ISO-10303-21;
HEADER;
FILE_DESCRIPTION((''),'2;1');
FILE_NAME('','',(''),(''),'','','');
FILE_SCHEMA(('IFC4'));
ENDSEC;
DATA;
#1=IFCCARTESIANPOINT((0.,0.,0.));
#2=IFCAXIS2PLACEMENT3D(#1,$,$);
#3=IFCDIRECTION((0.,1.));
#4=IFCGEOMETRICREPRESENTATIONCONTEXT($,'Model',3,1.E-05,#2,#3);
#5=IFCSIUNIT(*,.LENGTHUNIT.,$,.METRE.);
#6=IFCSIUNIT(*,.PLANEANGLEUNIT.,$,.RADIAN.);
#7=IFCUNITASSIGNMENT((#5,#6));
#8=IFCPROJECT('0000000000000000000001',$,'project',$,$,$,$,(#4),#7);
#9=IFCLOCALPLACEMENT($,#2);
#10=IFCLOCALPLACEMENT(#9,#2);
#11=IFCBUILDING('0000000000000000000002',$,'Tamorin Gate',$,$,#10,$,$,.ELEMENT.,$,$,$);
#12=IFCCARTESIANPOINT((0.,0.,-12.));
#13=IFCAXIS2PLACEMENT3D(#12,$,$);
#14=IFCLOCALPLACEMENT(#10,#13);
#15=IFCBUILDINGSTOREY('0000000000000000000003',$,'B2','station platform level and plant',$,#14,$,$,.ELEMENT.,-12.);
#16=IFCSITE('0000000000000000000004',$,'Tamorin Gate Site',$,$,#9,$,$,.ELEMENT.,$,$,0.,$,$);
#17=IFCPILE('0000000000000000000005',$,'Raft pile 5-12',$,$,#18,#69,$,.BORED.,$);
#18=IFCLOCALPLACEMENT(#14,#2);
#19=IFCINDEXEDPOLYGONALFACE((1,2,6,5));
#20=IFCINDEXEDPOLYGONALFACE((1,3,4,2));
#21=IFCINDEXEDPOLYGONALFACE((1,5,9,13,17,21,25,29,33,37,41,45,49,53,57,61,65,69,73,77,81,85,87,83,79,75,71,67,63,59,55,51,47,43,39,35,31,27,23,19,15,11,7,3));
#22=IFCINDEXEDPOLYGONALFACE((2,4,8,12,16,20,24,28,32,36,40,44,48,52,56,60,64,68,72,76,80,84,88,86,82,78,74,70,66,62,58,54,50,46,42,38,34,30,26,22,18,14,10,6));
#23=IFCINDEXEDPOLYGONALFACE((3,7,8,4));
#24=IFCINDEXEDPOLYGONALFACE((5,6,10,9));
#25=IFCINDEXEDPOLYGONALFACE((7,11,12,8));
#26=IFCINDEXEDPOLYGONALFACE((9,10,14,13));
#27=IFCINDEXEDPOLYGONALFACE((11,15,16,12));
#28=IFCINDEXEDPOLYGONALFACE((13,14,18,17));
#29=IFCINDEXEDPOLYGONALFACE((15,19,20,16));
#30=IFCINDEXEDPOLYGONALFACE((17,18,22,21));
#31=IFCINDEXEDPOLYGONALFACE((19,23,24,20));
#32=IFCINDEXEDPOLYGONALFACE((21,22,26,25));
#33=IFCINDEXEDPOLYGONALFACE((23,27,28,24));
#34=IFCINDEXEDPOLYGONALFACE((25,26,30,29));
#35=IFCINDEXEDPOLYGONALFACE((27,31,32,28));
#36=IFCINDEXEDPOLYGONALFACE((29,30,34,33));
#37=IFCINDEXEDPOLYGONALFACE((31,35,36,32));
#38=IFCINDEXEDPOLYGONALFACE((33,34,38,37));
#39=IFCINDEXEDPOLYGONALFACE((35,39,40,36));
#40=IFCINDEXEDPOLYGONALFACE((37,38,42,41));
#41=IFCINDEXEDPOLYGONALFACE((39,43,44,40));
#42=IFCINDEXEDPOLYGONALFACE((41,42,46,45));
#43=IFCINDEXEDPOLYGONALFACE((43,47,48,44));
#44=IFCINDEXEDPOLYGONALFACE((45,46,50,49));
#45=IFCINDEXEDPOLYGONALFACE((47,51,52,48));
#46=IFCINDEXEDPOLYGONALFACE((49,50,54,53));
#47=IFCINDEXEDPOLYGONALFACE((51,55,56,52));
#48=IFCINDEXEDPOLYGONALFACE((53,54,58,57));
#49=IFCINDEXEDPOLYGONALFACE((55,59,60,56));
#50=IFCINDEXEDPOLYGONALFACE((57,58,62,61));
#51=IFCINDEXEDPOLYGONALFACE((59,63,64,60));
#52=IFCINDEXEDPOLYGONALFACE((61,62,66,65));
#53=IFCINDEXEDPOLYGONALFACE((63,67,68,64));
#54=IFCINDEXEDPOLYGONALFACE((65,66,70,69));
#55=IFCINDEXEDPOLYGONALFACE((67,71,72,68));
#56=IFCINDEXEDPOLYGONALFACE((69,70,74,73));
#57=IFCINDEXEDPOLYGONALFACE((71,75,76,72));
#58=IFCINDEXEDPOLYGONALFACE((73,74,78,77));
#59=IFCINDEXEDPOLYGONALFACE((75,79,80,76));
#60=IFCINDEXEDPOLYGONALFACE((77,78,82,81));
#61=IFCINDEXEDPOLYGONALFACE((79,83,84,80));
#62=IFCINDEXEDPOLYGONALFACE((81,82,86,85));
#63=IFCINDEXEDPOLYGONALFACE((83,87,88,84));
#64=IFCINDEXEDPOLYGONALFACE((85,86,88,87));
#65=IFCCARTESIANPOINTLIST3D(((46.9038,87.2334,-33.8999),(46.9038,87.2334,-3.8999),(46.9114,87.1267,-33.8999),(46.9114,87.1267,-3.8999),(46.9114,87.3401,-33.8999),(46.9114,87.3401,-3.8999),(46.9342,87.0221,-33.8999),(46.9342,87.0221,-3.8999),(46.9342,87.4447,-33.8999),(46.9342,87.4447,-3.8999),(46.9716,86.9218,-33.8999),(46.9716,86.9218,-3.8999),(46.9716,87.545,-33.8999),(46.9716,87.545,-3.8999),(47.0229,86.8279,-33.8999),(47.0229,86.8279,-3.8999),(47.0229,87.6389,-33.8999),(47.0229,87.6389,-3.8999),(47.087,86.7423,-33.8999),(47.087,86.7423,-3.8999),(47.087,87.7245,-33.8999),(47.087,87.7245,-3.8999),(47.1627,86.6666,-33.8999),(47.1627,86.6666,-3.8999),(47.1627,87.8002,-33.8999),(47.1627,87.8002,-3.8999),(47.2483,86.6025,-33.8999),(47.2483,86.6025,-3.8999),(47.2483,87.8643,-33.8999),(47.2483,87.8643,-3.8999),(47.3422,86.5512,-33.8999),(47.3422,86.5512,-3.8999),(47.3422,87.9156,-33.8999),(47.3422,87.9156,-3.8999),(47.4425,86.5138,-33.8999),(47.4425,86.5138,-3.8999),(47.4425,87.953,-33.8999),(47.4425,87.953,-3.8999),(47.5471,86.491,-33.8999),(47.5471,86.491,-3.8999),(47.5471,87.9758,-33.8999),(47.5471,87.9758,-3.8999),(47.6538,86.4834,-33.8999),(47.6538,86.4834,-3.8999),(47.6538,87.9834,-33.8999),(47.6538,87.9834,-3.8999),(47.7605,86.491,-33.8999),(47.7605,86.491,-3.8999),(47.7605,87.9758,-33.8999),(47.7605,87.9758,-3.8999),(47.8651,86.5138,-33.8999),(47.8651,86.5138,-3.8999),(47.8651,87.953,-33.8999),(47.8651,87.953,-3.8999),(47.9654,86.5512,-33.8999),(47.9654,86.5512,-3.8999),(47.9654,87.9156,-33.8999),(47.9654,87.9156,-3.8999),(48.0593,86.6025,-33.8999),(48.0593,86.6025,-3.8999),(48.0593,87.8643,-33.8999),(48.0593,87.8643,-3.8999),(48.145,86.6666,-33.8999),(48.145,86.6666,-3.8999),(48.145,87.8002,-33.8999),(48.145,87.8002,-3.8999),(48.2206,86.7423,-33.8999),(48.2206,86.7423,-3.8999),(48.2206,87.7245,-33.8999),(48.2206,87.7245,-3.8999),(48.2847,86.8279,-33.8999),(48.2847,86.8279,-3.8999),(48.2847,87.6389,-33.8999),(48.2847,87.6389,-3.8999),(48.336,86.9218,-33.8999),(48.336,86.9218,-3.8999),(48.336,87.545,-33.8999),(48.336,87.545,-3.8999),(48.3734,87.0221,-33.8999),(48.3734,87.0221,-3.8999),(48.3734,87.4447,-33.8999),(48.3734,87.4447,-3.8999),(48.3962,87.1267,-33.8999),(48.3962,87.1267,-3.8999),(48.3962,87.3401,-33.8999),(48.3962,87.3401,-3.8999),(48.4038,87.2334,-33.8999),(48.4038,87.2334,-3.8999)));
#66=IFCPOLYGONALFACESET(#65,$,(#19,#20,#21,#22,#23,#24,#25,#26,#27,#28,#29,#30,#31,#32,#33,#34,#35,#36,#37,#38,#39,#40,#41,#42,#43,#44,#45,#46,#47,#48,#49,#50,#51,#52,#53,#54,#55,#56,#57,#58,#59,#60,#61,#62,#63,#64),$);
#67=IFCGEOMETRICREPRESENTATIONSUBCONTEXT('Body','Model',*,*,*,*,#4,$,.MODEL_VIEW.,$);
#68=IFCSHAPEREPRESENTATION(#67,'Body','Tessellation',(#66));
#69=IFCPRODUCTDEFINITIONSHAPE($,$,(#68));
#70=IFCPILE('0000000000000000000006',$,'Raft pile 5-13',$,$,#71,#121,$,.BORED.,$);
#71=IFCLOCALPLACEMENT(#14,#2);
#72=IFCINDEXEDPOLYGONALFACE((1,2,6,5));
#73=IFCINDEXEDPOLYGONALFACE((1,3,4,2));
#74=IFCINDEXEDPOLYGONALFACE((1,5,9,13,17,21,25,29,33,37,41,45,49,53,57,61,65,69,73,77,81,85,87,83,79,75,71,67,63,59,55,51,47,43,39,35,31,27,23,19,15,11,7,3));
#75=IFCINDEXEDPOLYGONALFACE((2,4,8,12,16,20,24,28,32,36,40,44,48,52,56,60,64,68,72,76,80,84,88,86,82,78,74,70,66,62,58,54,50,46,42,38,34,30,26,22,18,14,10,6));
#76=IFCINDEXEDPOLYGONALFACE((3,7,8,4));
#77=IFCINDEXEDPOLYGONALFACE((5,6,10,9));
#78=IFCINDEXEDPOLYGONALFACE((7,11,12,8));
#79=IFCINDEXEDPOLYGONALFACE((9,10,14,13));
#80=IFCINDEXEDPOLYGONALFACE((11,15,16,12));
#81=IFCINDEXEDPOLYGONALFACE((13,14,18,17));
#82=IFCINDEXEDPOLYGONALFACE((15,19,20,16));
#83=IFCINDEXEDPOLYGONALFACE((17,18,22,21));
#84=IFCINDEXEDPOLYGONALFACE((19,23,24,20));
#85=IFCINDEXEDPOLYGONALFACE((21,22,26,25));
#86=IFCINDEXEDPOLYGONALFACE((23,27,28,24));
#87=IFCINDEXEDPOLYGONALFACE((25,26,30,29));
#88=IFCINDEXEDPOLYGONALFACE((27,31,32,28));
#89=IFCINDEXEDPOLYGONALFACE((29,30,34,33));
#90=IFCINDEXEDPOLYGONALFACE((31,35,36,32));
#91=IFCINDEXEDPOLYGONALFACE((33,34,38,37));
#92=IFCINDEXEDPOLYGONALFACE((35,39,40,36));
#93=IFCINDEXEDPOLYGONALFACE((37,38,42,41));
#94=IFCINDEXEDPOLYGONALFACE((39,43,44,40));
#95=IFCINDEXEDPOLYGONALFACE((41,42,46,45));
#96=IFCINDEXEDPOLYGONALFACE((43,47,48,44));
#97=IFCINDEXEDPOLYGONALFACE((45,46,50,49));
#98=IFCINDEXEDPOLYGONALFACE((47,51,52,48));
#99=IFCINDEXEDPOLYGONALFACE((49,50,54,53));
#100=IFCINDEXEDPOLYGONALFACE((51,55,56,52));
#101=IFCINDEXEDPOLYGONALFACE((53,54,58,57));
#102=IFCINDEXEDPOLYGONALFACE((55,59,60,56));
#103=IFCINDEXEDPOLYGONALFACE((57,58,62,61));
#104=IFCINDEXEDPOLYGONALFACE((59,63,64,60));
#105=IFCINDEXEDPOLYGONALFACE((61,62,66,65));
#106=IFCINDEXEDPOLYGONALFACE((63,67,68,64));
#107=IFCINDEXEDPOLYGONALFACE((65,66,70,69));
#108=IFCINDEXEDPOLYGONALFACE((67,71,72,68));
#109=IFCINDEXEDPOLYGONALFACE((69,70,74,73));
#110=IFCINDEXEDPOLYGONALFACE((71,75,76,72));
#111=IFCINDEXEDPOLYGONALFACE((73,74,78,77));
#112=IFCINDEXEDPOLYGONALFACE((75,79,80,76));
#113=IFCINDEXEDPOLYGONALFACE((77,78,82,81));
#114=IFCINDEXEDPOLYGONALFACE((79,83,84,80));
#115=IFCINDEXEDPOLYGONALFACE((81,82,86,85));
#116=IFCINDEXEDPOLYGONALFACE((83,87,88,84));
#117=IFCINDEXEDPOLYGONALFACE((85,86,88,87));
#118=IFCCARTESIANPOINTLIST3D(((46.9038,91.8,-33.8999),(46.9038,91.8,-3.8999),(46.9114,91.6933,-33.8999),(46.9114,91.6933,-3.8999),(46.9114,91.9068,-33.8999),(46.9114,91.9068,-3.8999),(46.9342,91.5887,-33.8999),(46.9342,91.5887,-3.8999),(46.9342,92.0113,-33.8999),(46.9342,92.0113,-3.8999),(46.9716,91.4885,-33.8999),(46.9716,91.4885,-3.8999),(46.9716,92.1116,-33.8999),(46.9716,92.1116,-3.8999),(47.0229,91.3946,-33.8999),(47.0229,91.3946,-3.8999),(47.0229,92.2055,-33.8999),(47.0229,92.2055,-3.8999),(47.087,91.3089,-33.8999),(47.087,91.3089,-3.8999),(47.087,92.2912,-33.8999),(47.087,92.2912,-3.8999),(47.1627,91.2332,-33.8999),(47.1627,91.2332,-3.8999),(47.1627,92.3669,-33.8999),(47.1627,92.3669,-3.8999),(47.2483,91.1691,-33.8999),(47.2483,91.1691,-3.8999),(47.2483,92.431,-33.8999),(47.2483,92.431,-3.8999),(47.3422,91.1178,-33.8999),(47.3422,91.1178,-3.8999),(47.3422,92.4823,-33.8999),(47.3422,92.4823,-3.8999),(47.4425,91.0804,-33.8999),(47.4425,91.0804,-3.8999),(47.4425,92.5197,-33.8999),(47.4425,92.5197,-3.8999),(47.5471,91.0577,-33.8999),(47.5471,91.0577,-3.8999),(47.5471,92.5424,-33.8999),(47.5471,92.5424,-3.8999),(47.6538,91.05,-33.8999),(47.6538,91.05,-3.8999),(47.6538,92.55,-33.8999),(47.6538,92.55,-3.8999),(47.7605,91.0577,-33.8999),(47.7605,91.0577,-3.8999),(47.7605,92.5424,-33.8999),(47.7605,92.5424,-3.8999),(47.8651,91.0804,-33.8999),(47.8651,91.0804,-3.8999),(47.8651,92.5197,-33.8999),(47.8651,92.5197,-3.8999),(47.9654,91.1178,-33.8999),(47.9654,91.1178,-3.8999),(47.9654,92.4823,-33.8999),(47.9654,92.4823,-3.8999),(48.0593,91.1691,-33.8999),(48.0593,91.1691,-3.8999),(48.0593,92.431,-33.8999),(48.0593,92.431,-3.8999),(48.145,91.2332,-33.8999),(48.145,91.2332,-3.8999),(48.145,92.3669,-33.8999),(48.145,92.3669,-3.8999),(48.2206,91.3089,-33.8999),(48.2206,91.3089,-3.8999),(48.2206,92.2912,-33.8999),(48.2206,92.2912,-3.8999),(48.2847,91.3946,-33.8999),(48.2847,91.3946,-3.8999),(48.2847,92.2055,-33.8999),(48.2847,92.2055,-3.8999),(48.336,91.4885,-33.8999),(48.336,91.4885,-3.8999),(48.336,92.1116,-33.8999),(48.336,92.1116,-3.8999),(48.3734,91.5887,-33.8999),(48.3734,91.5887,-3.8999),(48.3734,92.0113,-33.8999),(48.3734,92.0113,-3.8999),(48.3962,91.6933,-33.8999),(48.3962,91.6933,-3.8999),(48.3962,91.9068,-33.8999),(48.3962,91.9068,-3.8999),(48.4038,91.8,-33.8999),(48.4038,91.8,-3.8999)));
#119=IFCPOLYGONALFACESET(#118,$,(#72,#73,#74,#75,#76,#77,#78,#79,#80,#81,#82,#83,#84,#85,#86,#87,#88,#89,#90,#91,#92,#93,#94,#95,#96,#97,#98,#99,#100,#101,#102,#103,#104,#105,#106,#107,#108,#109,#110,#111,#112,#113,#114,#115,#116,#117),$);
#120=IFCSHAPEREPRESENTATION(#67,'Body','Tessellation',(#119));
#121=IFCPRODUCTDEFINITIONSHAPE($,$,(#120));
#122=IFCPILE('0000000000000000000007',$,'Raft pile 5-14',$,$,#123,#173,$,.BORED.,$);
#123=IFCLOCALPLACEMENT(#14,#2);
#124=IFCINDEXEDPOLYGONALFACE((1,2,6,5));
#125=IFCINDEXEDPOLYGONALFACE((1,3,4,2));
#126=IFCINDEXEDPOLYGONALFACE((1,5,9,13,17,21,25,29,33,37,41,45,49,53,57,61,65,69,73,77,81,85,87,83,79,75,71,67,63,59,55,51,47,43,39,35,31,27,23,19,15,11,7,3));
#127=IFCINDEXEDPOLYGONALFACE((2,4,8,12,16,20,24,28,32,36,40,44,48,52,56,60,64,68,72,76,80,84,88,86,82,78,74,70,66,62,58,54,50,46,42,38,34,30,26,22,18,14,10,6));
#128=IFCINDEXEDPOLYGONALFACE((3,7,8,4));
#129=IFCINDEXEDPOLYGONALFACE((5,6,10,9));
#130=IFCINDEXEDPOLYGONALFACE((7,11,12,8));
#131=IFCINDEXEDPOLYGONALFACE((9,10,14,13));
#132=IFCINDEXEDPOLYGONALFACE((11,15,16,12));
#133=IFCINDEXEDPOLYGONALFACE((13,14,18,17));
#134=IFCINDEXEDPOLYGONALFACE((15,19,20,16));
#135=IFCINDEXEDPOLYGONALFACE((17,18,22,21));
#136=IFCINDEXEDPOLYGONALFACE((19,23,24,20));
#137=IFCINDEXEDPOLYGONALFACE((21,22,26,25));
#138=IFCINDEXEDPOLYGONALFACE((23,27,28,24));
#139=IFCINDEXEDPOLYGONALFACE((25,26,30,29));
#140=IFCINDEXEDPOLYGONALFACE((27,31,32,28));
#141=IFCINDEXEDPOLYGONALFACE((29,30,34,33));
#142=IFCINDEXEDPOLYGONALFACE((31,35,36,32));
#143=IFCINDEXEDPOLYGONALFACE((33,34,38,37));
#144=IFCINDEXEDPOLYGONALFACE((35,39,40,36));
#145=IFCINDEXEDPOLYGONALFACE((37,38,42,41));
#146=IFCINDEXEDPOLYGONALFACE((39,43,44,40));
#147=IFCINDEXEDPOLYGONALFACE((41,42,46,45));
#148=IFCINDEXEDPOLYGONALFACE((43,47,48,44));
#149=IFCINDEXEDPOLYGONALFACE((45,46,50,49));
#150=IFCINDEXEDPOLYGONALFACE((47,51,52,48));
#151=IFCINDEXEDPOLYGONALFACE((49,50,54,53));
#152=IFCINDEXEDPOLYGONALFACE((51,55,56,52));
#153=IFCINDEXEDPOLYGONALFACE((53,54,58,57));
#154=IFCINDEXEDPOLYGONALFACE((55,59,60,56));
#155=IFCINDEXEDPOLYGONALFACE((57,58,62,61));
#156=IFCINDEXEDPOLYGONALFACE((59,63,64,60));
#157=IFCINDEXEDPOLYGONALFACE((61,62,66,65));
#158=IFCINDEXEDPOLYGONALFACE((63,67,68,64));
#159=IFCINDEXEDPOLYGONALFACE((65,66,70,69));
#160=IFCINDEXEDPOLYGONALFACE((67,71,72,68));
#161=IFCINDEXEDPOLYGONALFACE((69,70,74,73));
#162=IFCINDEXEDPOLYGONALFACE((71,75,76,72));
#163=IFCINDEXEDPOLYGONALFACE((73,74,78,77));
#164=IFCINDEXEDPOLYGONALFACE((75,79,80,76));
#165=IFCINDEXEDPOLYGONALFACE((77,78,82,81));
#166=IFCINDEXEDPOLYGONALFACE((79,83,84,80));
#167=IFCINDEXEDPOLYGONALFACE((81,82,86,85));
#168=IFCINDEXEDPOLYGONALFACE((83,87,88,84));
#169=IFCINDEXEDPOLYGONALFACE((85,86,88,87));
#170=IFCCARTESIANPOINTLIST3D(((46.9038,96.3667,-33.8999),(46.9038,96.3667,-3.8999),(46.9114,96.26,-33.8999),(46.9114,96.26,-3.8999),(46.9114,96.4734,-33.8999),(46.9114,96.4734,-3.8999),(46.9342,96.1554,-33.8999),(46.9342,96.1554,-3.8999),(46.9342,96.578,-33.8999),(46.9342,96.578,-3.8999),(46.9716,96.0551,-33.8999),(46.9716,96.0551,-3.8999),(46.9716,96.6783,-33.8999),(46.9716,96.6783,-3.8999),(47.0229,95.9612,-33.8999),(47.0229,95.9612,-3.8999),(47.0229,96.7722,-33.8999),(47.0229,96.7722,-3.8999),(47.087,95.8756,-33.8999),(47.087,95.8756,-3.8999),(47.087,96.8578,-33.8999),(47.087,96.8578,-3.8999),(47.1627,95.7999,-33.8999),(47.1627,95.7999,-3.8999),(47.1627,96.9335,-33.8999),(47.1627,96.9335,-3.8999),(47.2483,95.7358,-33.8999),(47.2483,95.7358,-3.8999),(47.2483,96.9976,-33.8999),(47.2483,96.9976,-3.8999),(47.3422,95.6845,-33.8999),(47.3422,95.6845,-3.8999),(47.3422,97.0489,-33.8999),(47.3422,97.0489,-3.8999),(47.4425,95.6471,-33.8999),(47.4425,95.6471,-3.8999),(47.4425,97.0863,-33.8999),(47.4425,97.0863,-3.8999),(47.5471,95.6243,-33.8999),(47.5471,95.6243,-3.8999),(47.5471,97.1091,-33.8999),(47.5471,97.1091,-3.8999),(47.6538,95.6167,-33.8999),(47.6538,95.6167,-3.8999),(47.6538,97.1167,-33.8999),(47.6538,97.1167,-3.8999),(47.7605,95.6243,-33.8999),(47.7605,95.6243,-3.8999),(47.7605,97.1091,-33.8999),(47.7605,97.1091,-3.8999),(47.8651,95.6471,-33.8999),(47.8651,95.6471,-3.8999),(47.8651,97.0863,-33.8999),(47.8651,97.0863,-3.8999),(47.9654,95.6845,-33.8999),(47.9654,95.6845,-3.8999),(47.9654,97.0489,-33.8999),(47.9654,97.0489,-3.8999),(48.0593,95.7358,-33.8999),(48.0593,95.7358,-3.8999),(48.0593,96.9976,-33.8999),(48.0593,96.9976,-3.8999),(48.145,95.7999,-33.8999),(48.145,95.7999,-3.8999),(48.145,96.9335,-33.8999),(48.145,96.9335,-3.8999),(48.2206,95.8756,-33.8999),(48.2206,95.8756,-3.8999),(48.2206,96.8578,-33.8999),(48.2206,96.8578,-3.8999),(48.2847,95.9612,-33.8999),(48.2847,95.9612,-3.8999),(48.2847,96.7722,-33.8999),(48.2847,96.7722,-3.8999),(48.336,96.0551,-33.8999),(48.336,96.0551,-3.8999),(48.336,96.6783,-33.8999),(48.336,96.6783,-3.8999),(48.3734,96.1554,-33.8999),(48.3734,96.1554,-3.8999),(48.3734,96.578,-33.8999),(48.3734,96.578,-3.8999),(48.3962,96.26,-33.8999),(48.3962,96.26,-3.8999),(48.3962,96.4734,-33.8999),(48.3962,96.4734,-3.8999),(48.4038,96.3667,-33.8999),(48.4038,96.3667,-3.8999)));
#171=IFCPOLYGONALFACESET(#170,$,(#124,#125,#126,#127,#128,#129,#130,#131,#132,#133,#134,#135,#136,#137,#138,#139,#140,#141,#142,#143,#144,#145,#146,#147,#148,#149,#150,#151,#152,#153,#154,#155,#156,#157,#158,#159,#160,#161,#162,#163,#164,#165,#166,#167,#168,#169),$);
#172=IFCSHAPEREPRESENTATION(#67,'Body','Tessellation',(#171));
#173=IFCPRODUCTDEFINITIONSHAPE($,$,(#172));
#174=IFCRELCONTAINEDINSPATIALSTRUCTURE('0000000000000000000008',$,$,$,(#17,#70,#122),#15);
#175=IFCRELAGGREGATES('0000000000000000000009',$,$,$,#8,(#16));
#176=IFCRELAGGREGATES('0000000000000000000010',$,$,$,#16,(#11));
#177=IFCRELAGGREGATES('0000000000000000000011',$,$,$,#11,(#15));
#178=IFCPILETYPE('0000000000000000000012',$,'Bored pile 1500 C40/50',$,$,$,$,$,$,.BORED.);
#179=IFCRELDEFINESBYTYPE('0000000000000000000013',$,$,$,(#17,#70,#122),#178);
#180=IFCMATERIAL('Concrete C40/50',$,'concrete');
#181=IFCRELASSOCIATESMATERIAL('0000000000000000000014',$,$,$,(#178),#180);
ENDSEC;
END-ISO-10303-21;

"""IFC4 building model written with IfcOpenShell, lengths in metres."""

from ifc_helpers import new_model, si_unit, direction, frame, origin, origin_2d, place, context, subcontext, project, spatial, circle, extrude, material, material_profile, profile_set, type_object, element, save


model = new_model("IFC4")

# Units and contexts
model_context = context("Model", 3, precision=1e-05, world=origin(), true_north=direction((0.0, 1.0)))
body_context = subcontext(model_context, "Body", "Model", "MODEL_VIEW")
ifc_project = project(units=[si_unit("LENGTHUNIT", "METRE"), si_unit("PLANEANGLEUNIT", "RADIAN")], contexts=[model_context])

# Site, building, storey
site_placement = place(None, origin())
site = spatial("IfcSite", under=ifc_project, at=site_placement, Name="Tamorin Gate Site", CompositionType="ELEMENT", RefElevation=0.0)
building_placement = place(site_placement, origin())
building = spatial("IfcBuilding", under=site, at=building_placement, Name="Tamorin Gate", CompositionType="ELEMENT")
storey_placement = place(building_placement, frame((0.0, 0.0, -12.0)))
storey = spatial("IfcBuildingStorey", under=building, at=storey_placement, Name="B2", Description="station platform level and plant", CompositionType="ELEMENT", Elevation=-12.0)

# Piles
ifc_material_1 = material(Name="Concrete C40/50", Category="concrete")
ifc_material_profile_1 = material_profile(ifc_material_1, circle(Radius=0.75, at=origin_2d()))
ifc_profile_set_1 = profile_set([ifc_material_profile_1], Name="Concrete C40/50")
pile_type = type_object("IfcPileType", Name="Bored pile 1500 C40/50", PredefinedType="BORED", material=ifc_profile_set_1)
for number, where, z_axis, x_axis, name in (
    (1, (47.6538, 87.2334, -3.8999), (0.0, 0.0, -1.0), (1.0, 0.0, 0.0), "Raft pile 5-12"),
    (2, (47.6538, 91.8, -3.8999), (0.0, 0.0, -1.0), (1.0, 0.0, 0.0), "Raft pile 5-13"),
    (3, (47.6538, 96.3667, -3.8999), (0.0, 0.0, -1.0), (1.0, 0.0, 0.0), "Raft pile 5-14"),
):
    element("IfcPile", number, at=place(storey_placement, frame(where, z_axis=z_axis, x_axis=x_axis)), inside=storey, type_object=pile_type, Name=name, PredefinedType="BORED", context=body_context, shape_type="SweptSolid", body=[
        extrude(circle(Radius=0.75, at=origin_2d()), origin(), (0.0, 0.0, 1.0), 30.0),
    ])

save(model, "model.ifc")
